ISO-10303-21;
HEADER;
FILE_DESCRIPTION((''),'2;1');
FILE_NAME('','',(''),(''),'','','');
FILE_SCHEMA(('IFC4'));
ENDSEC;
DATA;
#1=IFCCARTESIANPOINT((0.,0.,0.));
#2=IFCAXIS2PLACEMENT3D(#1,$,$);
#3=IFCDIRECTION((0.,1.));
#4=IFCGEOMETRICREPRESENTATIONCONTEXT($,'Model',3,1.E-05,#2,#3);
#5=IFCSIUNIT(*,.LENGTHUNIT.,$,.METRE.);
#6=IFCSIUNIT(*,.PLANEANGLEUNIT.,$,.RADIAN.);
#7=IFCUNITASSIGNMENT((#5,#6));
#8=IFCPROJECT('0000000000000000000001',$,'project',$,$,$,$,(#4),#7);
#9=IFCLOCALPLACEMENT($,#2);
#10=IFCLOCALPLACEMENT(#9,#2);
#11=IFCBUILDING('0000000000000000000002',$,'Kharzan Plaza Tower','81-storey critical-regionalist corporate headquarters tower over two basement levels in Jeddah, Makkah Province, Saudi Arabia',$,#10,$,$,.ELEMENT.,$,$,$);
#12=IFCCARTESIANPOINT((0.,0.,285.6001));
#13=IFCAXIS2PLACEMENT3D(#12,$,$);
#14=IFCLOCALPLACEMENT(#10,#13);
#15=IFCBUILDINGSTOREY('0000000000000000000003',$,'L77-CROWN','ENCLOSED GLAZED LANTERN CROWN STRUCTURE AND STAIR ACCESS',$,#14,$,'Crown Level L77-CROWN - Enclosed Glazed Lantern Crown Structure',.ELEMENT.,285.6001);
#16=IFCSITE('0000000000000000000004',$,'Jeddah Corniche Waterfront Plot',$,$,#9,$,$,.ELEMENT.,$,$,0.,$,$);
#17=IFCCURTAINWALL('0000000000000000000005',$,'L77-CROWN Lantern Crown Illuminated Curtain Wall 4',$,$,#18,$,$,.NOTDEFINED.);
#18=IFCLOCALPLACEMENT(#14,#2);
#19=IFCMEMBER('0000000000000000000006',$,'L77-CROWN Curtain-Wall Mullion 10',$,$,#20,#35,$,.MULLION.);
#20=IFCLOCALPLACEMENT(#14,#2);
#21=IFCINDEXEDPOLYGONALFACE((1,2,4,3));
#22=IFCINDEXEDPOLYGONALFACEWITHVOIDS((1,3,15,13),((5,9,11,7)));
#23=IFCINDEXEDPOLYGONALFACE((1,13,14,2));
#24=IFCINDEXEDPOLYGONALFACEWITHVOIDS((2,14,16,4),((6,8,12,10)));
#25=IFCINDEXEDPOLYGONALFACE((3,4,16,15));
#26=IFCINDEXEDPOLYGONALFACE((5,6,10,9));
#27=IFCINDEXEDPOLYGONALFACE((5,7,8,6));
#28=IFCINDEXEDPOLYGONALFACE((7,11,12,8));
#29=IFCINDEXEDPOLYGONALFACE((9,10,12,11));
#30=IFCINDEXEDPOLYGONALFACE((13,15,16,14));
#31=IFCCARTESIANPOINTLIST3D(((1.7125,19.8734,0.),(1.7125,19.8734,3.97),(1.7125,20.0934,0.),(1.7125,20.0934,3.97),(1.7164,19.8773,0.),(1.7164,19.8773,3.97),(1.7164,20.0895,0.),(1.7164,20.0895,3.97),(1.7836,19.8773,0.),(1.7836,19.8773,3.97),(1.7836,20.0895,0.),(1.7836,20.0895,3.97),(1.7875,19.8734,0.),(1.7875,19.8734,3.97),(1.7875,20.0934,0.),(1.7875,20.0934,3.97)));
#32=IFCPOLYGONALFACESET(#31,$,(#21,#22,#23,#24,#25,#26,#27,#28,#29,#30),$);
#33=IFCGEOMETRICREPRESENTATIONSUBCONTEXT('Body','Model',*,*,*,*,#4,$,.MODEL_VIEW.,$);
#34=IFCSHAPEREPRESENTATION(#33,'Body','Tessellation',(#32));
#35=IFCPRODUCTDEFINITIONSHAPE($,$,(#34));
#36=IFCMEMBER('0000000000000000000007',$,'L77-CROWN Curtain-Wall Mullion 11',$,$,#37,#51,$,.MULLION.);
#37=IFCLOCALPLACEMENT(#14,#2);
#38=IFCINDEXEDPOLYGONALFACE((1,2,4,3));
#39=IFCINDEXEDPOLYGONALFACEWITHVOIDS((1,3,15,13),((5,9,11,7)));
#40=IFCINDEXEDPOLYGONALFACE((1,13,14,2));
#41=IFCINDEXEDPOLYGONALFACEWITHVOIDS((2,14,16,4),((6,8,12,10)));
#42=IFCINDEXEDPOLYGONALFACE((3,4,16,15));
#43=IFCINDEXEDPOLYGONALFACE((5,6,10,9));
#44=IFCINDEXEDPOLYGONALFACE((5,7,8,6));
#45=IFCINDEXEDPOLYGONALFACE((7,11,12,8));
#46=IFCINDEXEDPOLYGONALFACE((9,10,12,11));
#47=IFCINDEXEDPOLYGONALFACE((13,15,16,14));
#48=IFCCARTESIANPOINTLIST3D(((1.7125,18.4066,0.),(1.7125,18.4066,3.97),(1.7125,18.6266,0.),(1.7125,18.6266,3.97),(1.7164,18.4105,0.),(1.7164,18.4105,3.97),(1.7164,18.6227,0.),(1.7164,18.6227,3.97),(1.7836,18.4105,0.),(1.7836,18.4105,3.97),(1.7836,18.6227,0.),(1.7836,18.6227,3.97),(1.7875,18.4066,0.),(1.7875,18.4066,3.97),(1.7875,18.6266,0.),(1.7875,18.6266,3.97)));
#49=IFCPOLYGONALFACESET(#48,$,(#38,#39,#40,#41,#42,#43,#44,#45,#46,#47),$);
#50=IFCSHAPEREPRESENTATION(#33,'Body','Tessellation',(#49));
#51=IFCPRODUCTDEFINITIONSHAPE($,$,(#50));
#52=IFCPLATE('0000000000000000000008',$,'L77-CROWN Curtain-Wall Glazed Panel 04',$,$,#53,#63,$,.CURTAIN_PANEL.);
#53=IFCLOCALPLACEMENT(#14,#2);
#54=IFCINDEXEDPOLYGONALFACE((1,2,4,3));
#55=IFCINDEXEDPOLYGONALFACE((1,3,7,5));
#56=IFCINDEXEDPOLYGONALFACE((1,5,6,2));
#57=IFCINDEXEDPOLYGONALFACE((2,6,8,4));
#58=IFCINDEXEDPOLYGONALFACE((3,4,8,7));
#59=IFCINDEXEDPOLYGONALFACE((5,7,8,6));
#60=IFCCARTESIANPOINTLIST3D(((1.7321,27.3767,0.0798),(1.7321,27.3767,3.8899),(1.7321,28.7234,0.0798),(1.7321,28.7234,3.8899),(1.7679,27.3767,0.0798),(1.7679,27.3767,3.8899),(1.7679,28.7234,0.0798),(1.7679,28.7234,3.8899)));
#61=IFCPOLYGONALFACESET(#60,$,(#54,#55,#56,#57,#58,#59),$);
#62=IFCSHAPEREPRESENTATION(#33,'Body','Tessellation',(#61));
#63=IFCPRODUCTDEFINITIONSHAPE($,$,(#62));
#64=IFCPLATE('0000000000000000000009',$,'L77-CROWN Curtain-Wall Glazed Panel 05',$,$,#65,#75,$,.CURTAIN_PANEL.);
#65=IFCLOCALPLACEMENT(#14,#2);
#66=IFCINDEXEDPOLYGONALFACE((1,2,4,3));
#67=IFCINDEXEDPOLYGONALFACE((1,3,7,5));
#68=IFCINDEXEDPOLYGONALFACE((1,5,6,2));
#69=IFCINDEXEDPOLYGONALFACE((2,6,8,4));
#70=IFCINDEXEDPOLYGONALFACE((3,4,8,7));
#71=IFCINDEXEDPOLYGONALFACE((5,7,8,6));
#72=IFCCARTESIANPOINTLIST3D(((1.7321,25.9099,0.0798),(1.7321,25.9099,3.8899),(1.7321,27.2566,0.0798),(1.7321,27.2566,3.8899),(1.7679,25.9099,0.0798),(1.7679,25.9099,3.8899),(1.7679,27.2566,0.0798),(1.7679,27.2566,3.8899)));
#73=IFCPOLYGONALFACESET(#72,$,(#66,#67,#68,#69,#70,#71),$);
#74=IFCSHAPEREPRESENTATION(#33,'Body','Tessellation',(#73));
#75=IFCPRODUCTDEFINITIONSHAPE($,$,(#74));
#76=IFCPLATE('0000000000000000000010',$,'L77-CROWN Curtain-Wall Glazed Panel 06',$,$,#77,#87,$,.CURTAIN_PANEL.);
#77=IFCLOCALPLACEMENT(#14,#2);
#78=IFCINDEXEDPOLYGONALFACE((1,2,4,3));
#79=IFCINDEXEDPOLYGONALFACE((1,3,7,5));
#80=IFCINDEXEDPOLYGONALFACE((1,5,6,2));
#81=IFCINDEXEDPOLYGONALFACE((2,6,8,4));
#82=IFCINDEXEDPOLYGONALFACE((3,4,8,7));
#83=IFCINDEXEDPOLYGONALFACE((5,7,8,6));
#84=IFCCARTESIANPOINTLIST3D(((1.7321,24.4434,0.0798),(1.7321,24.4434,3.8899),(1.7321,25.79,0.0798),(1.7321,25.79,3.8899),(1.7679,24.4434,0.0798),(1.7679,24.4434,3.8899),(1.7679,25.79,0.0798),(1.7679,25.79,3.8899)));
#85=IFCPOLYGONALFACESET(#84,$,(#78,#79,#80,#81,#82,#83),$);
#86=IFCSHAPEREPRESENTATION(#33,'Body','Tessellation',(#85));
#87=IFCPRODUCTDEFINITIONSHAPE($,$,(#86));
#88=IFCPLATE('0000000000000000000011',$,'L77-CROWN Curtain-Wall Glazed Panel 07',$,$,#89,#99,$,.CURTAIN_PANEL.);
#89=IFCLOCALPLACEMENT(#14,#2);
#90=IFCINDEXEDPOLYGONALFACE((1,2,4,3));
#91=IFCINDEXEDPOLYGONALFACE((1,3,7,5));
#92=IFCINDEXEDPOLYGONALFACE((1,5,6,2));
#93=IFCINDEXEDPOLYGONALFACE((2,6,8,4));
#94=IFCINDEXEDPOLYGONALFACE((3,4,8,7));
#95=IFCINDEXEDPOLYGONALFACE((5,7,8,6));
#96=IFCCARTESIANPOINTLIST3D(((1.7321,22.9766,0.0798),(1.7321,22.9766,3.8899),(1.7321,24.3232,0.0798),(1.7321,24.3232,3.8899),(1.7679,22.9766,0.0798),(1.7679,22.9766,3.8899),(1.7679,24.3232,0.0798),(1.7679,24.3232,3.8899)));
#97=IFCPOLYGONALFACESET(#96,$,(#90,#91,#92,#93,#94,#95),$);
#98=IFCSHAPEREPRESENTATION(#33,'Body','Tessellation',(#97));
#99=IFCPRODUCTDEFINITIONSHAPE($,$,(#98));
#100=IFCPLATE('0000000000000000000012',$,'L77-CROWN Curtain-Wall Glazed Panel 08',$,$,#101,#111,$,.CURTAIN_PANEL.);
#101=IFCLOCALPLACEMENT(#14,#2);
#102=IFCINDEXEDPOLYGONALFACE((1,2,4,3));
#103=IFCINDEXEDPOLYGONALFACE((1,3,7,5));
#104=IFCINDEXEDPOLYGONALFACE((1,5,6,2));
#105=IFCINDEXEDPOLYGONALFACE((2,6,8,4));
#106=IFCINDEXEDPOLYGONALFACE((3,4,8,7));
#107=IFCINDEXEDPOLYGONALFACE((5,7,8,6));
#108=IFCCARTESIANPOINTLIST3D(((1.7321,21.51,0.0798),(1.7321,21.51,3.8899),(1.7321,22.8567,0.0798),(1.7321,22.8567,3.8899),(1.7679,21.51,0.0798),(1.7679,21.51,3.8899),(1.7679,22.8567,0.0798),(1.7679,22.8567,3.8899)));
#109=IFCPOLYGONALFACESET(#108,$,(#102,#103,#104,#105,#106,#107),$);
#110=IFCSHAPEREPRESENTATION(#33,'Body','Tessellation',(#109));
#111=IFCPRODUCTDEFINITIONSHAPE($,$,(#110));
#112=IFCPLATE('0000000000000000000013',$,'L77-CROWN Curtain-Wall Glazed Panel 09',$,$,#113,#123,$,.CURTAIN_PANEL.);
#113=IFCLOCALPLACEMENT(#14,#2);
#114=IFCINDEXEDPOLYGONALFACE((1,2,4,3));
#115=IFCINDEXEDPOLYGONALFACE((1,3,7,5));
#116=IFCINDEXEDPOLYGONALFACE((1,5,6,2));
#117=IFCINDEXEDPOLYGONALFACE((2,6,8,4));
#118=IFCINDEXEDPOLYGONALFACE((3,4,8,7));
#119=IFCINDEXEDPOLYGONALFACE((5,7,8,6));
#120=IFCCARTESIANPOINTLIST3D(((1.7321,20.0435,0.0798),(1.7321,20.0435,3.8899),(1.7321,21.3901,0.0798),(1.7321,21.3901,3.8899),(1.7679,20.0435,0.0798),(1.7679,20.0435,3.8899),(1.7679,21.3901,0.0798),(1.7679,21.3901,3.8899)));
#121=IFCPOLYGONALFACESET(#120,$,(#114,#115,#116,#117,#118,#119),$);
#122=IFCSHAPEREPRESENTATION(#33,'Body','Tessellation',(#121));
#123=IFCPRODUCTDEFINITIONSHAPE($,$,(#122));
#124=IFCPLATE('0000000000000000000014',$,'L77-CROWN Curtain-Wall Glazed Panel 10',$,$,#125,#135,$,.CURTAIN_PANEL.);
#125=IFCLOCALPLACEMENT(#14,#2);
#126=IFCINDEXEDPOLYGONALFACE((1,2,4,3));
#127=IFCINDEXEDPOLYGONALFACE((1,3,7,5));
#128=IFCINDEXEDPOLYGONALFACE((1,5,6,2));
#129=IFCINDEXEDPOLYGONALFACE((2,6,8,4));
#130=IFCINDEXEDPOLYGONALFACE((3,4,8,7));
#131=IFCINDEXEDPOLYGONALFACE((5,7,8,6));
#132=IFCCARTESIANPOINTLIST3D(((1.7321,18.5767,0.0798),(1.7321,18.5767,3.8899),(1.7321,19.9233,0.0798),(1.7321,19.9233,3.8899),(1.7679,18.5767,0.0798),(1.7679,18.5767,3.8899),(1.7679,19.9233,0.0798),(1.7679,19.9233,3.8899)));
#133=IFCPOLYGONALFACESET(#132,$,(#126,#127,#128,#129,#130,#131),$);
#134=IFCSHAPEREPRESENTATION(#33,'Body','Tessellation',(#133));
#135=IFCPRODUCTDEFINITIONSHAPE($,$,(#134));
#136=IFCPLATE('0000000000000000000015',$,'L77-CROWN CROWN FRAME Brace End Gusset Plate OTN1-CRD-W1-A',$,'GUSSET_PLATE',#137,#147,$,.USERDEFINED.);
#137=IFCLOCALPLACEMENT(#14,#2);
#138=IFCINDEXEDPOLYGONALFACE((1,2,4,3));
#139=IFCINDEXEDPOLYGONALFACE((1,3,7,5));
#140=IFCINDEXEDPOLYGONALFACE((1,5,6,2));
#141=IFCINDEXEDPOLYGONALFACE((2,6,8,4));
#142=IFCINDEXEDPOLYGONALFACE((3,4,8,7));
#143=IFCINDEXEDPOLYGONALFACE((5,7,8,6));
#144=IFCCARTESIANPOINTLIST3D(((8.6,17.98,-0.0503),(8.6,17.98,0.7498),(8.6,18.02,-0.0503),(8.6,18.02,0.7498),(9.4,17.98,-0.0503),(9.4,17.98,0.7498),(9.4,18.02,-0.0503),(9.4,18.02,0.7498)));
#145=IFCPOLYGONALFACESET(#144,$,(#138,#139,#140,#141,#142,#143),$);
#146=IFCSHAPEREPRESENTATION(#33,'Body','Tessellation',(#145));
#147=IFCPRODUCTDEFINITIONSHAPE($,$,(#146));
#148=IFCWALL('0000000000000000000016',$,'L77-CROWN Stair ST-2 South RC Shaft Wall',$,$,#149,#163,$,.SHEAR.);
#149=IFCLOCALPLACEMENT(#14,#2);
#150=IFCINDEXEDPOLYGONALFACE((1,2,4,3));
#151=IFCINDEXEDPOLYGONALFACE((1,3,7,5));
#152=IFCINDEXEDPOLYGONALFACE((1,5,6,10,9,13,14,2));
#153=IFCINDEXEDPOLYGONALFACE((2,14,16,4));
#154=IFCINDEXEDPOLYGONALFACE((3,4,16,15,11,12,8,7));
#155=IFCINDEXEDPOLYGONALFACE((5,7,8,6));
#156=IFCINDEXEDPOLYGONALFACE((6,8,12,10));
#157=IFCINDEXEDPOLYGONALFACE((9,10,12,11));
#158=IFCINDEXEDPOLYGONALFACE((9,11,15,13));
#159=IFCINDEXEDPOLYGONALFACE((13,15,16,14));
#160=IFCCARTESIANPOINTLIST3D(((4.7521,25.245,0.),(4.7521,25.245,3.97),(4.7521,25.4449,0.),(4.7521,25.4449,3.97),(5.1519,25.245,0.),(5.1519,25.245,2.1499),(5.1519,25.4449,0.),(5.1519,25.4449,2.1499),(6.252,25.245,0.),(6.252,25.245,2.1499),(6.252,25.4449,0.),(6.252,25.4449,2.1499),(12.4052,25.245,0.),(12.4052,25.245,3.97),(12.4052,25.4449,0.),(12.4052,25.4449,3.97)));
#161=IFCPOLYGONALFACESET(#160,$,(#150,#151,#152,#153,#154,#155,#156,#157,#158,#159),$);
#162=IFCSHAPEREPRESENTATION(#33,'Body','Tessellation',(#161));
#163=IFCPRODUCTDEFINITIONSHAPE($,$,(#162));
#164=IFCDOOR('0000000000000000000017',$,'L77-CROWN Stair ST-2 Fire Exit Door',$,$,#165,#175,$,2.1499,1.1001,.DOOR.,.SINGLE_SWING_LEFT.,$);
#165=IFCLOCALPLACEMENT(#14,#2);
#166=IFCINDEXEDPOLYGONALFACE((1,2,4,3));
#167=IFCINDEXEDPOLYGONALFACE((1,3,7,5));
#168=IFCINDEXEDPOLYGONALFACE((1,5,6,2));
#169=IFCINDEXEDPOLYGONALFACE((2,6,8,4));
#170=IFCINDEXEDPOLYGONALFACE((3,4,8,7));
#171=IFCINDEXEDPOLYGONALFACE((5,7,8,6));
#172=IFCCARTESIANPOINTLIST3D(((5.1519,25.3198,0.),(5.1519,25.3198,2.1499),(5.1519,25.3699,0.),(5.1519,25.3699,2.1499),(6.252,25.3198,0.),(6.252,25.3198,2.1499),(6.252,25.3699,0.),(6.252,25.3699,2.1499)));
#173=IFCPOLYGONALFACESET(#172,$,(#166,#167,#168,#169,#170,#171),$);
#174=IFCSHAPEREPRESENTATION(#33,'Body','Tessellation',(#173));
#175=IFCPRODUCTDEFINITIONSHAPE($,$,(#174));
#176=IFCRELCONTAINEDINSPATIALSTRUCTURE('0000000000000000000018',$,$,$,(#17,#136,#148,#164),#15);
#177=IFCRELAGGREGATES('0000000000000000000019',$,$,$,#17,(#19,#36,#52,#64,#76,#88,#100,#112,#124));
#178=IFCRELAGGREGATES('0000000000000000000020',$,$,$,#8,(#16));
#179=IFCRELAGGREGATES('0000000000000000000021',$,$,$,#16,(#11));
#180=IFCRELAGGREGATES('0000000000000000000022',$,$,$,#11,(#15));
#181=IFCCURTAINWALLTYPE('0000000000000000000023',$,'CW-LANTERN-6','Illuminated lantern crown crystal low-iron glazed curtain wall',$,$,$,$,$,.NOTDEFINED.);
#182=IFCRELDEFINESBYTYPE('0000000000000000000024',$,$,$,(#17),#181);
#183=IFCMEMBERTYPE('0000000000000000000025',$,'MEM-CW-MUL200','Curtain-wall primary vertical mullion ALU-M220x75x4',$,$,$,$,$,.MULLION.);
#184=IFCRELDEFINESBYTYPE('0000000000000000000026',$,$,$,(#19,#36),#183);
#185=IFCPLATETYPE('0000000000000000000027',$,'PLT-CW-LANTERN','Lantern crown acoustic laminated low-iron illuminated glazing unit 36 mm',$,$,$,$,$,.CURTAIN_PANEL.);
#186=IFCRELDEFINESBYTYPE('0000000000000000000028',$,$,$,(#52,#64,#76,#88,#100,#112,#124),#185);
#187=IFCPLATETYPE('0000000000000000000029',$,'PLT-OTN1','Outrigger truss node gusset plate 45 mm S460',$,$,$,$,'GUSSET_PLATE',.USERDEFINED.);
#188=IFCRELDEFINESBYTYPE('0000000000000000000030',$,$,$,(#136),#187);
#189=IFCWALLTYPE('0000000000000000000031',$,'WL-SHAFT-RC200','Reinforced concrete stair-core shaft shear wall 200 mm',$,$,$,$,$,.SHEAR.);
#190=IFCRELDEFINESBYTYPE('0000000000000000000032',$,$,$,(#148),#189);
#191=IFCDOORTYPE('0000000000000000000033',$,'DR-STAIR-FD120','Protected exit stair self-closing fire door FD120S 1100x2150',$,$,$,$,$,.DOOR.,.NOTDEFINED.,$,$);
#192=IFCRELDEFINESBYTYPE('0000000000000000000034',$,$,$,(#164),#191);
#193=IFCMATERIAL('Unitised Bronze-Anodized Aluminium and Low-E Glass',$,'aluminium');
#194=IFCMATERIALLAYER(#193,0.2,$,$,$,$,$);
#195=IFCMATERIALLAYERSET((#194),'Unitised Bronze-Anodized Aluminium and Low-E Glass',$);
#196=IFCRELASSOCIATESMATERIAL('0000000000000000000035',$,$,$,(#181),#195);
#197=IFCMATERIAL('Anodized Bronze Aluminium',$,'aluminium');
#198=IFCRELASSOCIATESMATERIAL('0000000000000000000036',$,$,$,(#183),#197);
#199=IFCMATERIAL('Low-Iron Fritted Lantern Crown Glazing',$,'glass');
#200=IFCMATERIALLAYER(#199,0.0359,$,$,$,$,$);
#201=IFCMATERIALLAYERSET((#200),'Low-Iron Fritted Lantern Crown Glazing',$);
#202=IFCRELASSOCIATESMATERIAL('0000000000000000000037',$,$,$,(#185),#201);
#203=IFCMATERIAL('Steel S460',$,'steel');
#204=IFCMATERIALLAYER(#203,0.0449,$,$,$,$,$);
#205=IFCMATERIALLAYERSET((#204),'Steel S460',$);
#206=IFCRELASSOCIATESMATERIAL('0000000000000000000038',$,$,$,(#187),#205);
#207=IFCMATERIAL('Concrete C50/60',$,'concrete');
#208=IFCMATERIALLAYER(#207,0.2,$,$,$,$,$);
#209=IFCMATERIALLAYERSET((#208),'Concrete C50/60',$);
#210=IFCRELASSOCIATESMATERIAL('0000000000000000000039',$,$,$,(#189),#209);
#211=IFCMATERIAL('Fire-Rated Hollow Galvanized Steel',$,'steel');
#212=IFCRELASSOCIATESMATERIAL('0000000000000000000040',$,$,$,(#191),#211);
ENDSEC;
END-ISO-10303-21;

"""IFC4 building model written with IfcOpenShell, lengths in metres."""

from ifc_helpers import new_model, si_unit, direction, frame, frame_2d, origin, origin_2d, place, context, subcontext, project, spatial, rectangle, hollow_rectangle, extrude, source, transform, mapped, material, layer, layer_set, material_profile, profile_set, type_object, element, fill, aggregate, save


model = new_model("IFC4")

# Units and contexts
model_context = context("Model", 3, precision=1e-05, world=origin(), true_north=direction((0.0, 1.0)))
body_context = subcontext(model_context, "Body", "Model", "MODEL_VIEW")
ifc_project = project(units=[si_unit("LENGTHUNIT", "METRE"), si_unit("PLANEANGLEUNIT", "RADIAN")], contexts=[model_context])

# Site, building, storey
site_placement = place(None, origin())
site = spatial("IfcSite", under=ifc_project, at=site_placement, Name="Jeddah Corniche Waterfront Plot", CompositionType="ELEMENT", RefElevation=0.0)
building_placement = place(site_placement, origin())
building = spatial("IfcBuilding", under=site, at=building_placement, Name="Kharzan Plaza Tower", Description="81-storey critical-regionalist corporate headquarters tower over two basement levels in Jeddah, Makkah Province, Saudi Arabia", CompositionType="ELEMENT")
storey_placement = place(building_placement, frame((0.0, 0.0, 285.6001)))
storey = spatial("IfcBuildingStorey", under=building, at=storey_placement, Name="L77-CROWN", Description="ENCLOSED GLAZED LANTERN CROWN STRUCTURE AND STAIR ACCESS", LongName="Crown Level L77-CROWN - Enclosed Glazed Lantern Crown Structure", CompositionType="ELEMENT", Elevation=285.6001)

# Curtain wall, members, plates
ifc_material_1 = material(Name="Unitised Bronze-Anodized Aluminium and Low-E Glass", Category="aluminium")
ifc_layer_1 = layer(ifc_material_1, 0.2)
ifc_layer_set_1 = layer_set([ifc_layer_1], Name="Unitised Bronze-Anodized Aluminium and Low-E Glass")
curtain_wall_type = type_object("IfcCurtainWallType", Name="CW-LANTERN-6", Description="Illuminated lantern crown crystal low-iron glazed curtain wall", PredefinedType="NOTDEFINED", material=ifc_layer_set_1)
curtain_wall_placement = place(storey_placement, origin())
curtain_wall = element("IfcCurtainWall", 1, at=curtain_wall_placement, inside=storey, type_object=curtain_wall_type, Name="L77-CROWN Lantern Crown Illuminated Curtain Wall 4", PredefinedType="NOTDEFINED")
ifc_material_2 = material(Name="Anodized Bronze Aluminium", Category="aluminium")
ifc_material_profile_1 = material_profile(ifc_material_2, hollow_rectangle(XDim=0.075, YDim=0.22, WallThickness=0.0039, at=origin_2d()), Name="ALU-M220x75x4")
ifc_profile_set_1 = profile_set([ifc_material_profile_1], Name="Anodized Bronze Aluminium")
member_type_1 = type_object("IfcMemberType", Name="MEM-CW-MUL200", Description="Curtain-wall primary vertical mullion ALU-M220x75x4", PredefinedType="MULLION", material=ifc_profile_set_1)
shared_shape_1 = source(origin(), body_context, "Body", "SweptSolid", [
    extrude(hollow_rectangle(XDim=0.075, YDim=0.22, WallThickness=0.0039, at=origin_2d()), origin(), (0.0, 0.0, 1.0), 3.97),
])
member_1_placement = place(storey_placement, frame((1.75, 19.9834, 0.0), z_axis=(0.0, 0.0, 1.0), x_axis=(1.0, 0.0, 0.0)))
member_1 = element("IfcMember", 2, at=member_1_placement, type_object=member_type_1, Name="L77-CROWN Curtain-Wall Mullion 10", PredefinedType="MULLION", context=body_context, shape_type="MappedRepresentation", body=[
    mapped(shared_shape_1, transform((0.0, 0.0, 0.0), x_axis=(1.0, 0.0, 0.0), y_axis=(0.0, 1.0, 0.0), z_axis=(0.0, 0.0, 1.0))),
])
member_2_placement = place(storey_placement, frame((1.75, 18.5166, 0.0), z_axis=(0.0, 0.0, 1.0), x_axis=(1.0, 0.0, 0.0)))
member_2 = element("IfcMember", 3, at=member_2_placement, type_object=member_type_1, Name="L77-CROWN Curtain-Wall Mullion 11", PredefinedType="MULLION", context=body_context, shape_type="MappedRepresentation", body=[
    mapped(shared_shape_1, transform((0.0, 0.0, 0.0), x_axis=(1.0, 0.0, 0.0), y_axis=(0.0, 1.0, 0.0), z_axis=(0.0, 0.0, 1.0))),
])
ifc_material_3 = material(Name="Low-Iron Fritted Lantern Crown Glazing", Category="glass")
ifc_layer_2 = layer(ifc_material_3, 0.0359)
ifc_layer_set_2 = layer_set([ifc_layer_2], Name="Low-Iron Fritted Lantern Crown Glazing")
plate_type_1 = type_object("IfcPlateType", Name="PLT-CW-LANTERN", Description="Lantern crown acoustic laminated low-iron illuminated glazing unit 36 mm", PredefinedType="CURTAIN_PANEL", material=ifc_layer_set_2)
shared_shape_2 = source(origin(), body_context, "Body", "SweptSolid", [
    extrude(rectangle(XDim=1.3467, YDim=0.0359, at=origin_2d()), origin(), (0.0, 0.0, 1.0), 3.8101),
])
plate_1_placement = place(storey_placement, frame((1.75, 28.05, 0.0798), z_axis=(0.0, 0.0, 1.0), x_axis=(0.0, -1.0, 0.0)))
plate_1 = element("IfcPlate", 4, at=plate_1_placement, type_object=plate_type_1, Name="L77-CROWN Curtain-Wall Glazed Panel 04", PredefinedType="CURTAIN_PANEL", context=body_context, shape_type="MappedRepresentation", body=[
    mapped(shared_shape_2, transform((0.0, 0.0, 0.0), x_axis=(1.0, 0.0, 0.0), y_axis=(0.0, 1.0, 0.0), z_axis=(0.0, 0.0, 1.0))),
])
plate_2_placement = place(storey_placement, frame((1.75, 26.5833, 0.0798), z_axis=(0.0, 0.0, 1.0), x_axis=(0.0, -1.0, 0.0)))
plate_2 = element("IfcPlate", 5, at=plate_2_placement, type_object=plate_type_1, Name="L77-CROWN Curtain-Wall Glazed Panel 05", PredefinedType="CURTAIN_PANEL", context=body_context, shape_type="MappedRepresentation", body=[
    mapped(shared_shape_2, transform((0.0, 0.0, 0.0), x_axis=(1.0, 0.0, 0.0), y_axis=(0.0, 1.0, 0.0), z_axis=(0.0, 0.0, 1.0))),
])
plate_3_placement = place(storey_placement, frame((1.75, 25.1167, 0.0798), z_axis=(0.0, 0.0, 1.0), x_axis=(0.0, -1.0, 0.0)))
plate_3 = element("IfcPlate", 6, at=plate_3_placement, type_object=plate_type_1, Name="L77-CROWN Curtain-Wall Glazed Panel 06", PredefinedType="CURTAIN_PANEL", context=body_context, shape_type="MappedRepresentation", body=[
    mapped(shared_shape_2, transform((0.0, 0.0, 0.0), x_axis=(1.0, 0.0, 0.0), y_axis=(0.0, 1.0, 0.0), z_axis=(0.0, 0.0, 1.0))),
])
plate_4_placement = place(storey_placement, frame((1.75, 23.6499, 0.0798), z_axis=(0.0, 0.0, 1.0), x_axis=(0.0, -1.0, 0.0)))
plate_4 = element("IfcPlate", 7, at=plate_4_placement, type_object=plate_type_1, Name="L77-CROWN Curtain-Wall Glazed Panel 07", PredefinedType="CURTAIN_PANEL", context=body_context, shape_type="MappedRepresentation", body=[
    mapped(shared_shape_2, transform((0.0, 0.0, 0.0), x_axis=(1.0, 0.0, 0.0), y_axis=(0.0, 1.0, 0.0), z_axis=(0.0, 0.0, 1.0))),
])
plate_5_placement = place(storey_placement, frame((1.75, 22.1833, 0.0798), z_axis=(0.0, 0.0, 1.0), x_axis=(0.0, -1.0, 0.0)))
plate_5 = element("IfcPlate", 8, at=plate_5_placement, type_object=plate_type_1, Name="L77-CROWN Curtain-Wall Glazed Panel 08", PredefinedType="CURTAIN_PANEL", context=body_context, shape_type="MappedRepresentation", body=[
    mapped(shared_shape_2, transform((0.0, 0.0, 0.0), x_axis=(1.0, 0.0, 0.0), y_axis=(0.0, 1.0, 0.0), z_axis=(0.0, 0.0, 1.0))),
])
plate_6_placement = place(storey_placement, frame((1.75, 20.7168, 0.0798), z_axis=(0.0, 0.0, 1.0), x_axis=(0.0, -1.0, 0.0)))
plate_6 = element("IfcPlate", 9, at=plate_6_placement, type_object=plate_type_1, Name="L77-CROWN Curtain-Wall Glazed Panel 09", PredefinedType="CURTAIN_PANEL", context=body_context, shape_type="MappedRepresentation", body=[
    mapped(shared_shape_2, transform((0.0, 0.0, 0.0), x_axis=(1.0, 0.0, 0.0), y_axis=(0.0, 1.0, 0.0), z_axis=(0.0, 0.0, 1.0))),
])
plate_7_placement = place(storey_placement, frame((1.75, 19.25, 0.0798), z_axis=(0.0, 0.0, 1.0), x_axis=(0.0, -1.0, 0.0)))
plate_7 = element("IfcPlate", 10, at=plate_7_placement, type_object=plate_type_1, Name="L77-CROWN Curtain-Wall Glazed Panel 10", PredefinedType="CURTAIN_PANEL", context=body_context, shape_type="MappedRepresentation", body=[
    mapped(shared_shape_2, transform((0.0, 0.0, 0.0), x_axis=(1.0, 0.0, 0.0), y_axis=(0.0, 1.0, 0.0), z_axis=(0.0, 0.0, 1.0))),
])
aggregate(curtain_wall, [member_1, member_2, plate_1, plate_2, plate_3, plate_4, plate_5, plate_6, plate_7])

# Plate
ifc_material_4 = material(Name="Steel S460", Category="steel")
ifc_layer_3 = layer(ifc_material_4, 0.0449)
ifc_layer_set_3 = layer_set([ifc_layer_3], Name="Steel S460")
plate_type_2 = type_object("IfcPlateType", Name="PLT-OTN1", Description="Outrigger truss node gusset plate 45 mm S460", ElementType="GUSSET_PLATE", PredefinedType="USERDEFINED", material=ifc_layer_set_3)
shared_shape_3 = source(origin(), body_context, "Body", "SweptSolid", [
    extrude(rectangle(XDim=0.8, YDim=0.04, at=origin_2d()), origin(), (0.0, 0.0, 1.0), 0.8),
])
plate_8_placement = place(storey_placement, frame((9.0, 18.0, -0.0503), z_axis=(0.0, 0.0, 1.0), x_axis=(1.0, 0.0, 0.0)))
element("IfcPlate", 11, at=plate_8_placement, inside=storey, type_object=plate_type_2, Name="L77-CROWN CROWN FRAME Brace End Gusset Plate OTN1-CRD-W1-A", ObjectType="GUSSET_PLATE", PredefinedType="USERDEFINED", context=body_context, shape_type="MappedRepresentation", body=[
    mapped(shared_shape_3, transform((0.0, 0.0, 0.0), x_axis=(1.0, 0.0, 0.0), y_axis=(0.0, 1.0, 0.0), z_axis=(0.0, 0.0, 1.0))),
])

# Wall, opening, door
ifc_material_5 = material(Name="Concrete C50/60", Category="concrete")
ifc_layer_4 = layer(ifc_material_5, 0.2)
ifc_layer_set_4 = layer_set([ifc_layer_4], Name="Concrete C50/60")
wall_type_1 = type_object("IfcWallType", Name="WL-SHAFT-RC200", Description="Reinforced concrete stair-core shaft shear wall 200 mm", PredefinedType="SHEAR", material=ifc_layer_set_4)
wall_1_placement = place(storey_placement, frame((4.752, 25.345, 0.0), z_axis=(0.0, 0.0, 1.0), x_axis=(1.0, 0.0, 0.0)))
wall_1 = element("IfcWall", 12, at=wall_1_placement, inside=storey, type_object=wall_type_1, Name="L77-CROWN Stair ST-2 South RC Shaft Wall", PredefinedType="SHEAR", context=body_context, shape_type="SweptSolid", body=[
    extrude(rectangle(XDim=7.6531, YDim=0.2, at=frame_2d((3.8267, 0.0))), origin(), (0.0, 0.0, 1.0), 3.97),
])
opening_placement = place(wall_1_placement, frame((0.3999, 0.0, 0.0)))
opening = element("IfcOpeningElement", 13, at=opening_placement, cuts=wall_1, PredefinedType="OPENING", context=body_context, shape_type="SweptSolid", body=[
    extrude(rectangle(XDim=1.1001, YDim=2.1499, at=frame_2d((0.55, 1.075))), frame((0.0, 0.1099, 0.0), z_axis=(0.0, -1.0, 0.0), x_axis=(1.0, 0.0, 0.0)), (0.0, 0.0, 1.0), 0.22),
])
ifc_material_6 = material(Name="Fire-Rated Hollow Galvanized Steel", Category="steel")
door_type = type_object("IfcDoorType", Name="DR-STAIR-FD120", Description="Protected exit stair self-closing fire door FD120S 1100x2150", OperationType="NOTDEFINED", PredefinedType="DOOR", material=ifc_material_6)
shared_shape_4 = source(origin(), body_context, "Body", "SweptSolid", [
    extrude(rectangle(XDim=1.1001, YDim=2.1499, at=frame_2d((0.55, 1.075))), frame((0.0, 0.0249, 0.0), z_axis=(0.0, -1.0, 0.0), x_axis=(1.0, 0.0, 0.0)), (0.0, 0.0, 1.0), 0.05),
])
door_placement = place(opening_placement, origin())
door = element("IfcDoor", 14, at=door_placement, inside=storey, type_object=door_type, Name="L77-CROWN Stair ST-2 Fire Exit Door", OperationType="SINGLE_SWING_LEFT", OverallHeight=2.1499, OverallWidth=1.1001, PredefinedType="DOOR", context=body_context, shape_type="MappedRepresentation", body=[
    mapped(shared_shape_4, transform((0.0, 0.0, 0.0), x_axis=(1.0, 0.0, 0.0), y_axis=(0.0, 1.0, 0.0), z_axis=(0.0, 0.0, 1.0))),
])
fill(opening, door)

save(model, "model.ifc")
